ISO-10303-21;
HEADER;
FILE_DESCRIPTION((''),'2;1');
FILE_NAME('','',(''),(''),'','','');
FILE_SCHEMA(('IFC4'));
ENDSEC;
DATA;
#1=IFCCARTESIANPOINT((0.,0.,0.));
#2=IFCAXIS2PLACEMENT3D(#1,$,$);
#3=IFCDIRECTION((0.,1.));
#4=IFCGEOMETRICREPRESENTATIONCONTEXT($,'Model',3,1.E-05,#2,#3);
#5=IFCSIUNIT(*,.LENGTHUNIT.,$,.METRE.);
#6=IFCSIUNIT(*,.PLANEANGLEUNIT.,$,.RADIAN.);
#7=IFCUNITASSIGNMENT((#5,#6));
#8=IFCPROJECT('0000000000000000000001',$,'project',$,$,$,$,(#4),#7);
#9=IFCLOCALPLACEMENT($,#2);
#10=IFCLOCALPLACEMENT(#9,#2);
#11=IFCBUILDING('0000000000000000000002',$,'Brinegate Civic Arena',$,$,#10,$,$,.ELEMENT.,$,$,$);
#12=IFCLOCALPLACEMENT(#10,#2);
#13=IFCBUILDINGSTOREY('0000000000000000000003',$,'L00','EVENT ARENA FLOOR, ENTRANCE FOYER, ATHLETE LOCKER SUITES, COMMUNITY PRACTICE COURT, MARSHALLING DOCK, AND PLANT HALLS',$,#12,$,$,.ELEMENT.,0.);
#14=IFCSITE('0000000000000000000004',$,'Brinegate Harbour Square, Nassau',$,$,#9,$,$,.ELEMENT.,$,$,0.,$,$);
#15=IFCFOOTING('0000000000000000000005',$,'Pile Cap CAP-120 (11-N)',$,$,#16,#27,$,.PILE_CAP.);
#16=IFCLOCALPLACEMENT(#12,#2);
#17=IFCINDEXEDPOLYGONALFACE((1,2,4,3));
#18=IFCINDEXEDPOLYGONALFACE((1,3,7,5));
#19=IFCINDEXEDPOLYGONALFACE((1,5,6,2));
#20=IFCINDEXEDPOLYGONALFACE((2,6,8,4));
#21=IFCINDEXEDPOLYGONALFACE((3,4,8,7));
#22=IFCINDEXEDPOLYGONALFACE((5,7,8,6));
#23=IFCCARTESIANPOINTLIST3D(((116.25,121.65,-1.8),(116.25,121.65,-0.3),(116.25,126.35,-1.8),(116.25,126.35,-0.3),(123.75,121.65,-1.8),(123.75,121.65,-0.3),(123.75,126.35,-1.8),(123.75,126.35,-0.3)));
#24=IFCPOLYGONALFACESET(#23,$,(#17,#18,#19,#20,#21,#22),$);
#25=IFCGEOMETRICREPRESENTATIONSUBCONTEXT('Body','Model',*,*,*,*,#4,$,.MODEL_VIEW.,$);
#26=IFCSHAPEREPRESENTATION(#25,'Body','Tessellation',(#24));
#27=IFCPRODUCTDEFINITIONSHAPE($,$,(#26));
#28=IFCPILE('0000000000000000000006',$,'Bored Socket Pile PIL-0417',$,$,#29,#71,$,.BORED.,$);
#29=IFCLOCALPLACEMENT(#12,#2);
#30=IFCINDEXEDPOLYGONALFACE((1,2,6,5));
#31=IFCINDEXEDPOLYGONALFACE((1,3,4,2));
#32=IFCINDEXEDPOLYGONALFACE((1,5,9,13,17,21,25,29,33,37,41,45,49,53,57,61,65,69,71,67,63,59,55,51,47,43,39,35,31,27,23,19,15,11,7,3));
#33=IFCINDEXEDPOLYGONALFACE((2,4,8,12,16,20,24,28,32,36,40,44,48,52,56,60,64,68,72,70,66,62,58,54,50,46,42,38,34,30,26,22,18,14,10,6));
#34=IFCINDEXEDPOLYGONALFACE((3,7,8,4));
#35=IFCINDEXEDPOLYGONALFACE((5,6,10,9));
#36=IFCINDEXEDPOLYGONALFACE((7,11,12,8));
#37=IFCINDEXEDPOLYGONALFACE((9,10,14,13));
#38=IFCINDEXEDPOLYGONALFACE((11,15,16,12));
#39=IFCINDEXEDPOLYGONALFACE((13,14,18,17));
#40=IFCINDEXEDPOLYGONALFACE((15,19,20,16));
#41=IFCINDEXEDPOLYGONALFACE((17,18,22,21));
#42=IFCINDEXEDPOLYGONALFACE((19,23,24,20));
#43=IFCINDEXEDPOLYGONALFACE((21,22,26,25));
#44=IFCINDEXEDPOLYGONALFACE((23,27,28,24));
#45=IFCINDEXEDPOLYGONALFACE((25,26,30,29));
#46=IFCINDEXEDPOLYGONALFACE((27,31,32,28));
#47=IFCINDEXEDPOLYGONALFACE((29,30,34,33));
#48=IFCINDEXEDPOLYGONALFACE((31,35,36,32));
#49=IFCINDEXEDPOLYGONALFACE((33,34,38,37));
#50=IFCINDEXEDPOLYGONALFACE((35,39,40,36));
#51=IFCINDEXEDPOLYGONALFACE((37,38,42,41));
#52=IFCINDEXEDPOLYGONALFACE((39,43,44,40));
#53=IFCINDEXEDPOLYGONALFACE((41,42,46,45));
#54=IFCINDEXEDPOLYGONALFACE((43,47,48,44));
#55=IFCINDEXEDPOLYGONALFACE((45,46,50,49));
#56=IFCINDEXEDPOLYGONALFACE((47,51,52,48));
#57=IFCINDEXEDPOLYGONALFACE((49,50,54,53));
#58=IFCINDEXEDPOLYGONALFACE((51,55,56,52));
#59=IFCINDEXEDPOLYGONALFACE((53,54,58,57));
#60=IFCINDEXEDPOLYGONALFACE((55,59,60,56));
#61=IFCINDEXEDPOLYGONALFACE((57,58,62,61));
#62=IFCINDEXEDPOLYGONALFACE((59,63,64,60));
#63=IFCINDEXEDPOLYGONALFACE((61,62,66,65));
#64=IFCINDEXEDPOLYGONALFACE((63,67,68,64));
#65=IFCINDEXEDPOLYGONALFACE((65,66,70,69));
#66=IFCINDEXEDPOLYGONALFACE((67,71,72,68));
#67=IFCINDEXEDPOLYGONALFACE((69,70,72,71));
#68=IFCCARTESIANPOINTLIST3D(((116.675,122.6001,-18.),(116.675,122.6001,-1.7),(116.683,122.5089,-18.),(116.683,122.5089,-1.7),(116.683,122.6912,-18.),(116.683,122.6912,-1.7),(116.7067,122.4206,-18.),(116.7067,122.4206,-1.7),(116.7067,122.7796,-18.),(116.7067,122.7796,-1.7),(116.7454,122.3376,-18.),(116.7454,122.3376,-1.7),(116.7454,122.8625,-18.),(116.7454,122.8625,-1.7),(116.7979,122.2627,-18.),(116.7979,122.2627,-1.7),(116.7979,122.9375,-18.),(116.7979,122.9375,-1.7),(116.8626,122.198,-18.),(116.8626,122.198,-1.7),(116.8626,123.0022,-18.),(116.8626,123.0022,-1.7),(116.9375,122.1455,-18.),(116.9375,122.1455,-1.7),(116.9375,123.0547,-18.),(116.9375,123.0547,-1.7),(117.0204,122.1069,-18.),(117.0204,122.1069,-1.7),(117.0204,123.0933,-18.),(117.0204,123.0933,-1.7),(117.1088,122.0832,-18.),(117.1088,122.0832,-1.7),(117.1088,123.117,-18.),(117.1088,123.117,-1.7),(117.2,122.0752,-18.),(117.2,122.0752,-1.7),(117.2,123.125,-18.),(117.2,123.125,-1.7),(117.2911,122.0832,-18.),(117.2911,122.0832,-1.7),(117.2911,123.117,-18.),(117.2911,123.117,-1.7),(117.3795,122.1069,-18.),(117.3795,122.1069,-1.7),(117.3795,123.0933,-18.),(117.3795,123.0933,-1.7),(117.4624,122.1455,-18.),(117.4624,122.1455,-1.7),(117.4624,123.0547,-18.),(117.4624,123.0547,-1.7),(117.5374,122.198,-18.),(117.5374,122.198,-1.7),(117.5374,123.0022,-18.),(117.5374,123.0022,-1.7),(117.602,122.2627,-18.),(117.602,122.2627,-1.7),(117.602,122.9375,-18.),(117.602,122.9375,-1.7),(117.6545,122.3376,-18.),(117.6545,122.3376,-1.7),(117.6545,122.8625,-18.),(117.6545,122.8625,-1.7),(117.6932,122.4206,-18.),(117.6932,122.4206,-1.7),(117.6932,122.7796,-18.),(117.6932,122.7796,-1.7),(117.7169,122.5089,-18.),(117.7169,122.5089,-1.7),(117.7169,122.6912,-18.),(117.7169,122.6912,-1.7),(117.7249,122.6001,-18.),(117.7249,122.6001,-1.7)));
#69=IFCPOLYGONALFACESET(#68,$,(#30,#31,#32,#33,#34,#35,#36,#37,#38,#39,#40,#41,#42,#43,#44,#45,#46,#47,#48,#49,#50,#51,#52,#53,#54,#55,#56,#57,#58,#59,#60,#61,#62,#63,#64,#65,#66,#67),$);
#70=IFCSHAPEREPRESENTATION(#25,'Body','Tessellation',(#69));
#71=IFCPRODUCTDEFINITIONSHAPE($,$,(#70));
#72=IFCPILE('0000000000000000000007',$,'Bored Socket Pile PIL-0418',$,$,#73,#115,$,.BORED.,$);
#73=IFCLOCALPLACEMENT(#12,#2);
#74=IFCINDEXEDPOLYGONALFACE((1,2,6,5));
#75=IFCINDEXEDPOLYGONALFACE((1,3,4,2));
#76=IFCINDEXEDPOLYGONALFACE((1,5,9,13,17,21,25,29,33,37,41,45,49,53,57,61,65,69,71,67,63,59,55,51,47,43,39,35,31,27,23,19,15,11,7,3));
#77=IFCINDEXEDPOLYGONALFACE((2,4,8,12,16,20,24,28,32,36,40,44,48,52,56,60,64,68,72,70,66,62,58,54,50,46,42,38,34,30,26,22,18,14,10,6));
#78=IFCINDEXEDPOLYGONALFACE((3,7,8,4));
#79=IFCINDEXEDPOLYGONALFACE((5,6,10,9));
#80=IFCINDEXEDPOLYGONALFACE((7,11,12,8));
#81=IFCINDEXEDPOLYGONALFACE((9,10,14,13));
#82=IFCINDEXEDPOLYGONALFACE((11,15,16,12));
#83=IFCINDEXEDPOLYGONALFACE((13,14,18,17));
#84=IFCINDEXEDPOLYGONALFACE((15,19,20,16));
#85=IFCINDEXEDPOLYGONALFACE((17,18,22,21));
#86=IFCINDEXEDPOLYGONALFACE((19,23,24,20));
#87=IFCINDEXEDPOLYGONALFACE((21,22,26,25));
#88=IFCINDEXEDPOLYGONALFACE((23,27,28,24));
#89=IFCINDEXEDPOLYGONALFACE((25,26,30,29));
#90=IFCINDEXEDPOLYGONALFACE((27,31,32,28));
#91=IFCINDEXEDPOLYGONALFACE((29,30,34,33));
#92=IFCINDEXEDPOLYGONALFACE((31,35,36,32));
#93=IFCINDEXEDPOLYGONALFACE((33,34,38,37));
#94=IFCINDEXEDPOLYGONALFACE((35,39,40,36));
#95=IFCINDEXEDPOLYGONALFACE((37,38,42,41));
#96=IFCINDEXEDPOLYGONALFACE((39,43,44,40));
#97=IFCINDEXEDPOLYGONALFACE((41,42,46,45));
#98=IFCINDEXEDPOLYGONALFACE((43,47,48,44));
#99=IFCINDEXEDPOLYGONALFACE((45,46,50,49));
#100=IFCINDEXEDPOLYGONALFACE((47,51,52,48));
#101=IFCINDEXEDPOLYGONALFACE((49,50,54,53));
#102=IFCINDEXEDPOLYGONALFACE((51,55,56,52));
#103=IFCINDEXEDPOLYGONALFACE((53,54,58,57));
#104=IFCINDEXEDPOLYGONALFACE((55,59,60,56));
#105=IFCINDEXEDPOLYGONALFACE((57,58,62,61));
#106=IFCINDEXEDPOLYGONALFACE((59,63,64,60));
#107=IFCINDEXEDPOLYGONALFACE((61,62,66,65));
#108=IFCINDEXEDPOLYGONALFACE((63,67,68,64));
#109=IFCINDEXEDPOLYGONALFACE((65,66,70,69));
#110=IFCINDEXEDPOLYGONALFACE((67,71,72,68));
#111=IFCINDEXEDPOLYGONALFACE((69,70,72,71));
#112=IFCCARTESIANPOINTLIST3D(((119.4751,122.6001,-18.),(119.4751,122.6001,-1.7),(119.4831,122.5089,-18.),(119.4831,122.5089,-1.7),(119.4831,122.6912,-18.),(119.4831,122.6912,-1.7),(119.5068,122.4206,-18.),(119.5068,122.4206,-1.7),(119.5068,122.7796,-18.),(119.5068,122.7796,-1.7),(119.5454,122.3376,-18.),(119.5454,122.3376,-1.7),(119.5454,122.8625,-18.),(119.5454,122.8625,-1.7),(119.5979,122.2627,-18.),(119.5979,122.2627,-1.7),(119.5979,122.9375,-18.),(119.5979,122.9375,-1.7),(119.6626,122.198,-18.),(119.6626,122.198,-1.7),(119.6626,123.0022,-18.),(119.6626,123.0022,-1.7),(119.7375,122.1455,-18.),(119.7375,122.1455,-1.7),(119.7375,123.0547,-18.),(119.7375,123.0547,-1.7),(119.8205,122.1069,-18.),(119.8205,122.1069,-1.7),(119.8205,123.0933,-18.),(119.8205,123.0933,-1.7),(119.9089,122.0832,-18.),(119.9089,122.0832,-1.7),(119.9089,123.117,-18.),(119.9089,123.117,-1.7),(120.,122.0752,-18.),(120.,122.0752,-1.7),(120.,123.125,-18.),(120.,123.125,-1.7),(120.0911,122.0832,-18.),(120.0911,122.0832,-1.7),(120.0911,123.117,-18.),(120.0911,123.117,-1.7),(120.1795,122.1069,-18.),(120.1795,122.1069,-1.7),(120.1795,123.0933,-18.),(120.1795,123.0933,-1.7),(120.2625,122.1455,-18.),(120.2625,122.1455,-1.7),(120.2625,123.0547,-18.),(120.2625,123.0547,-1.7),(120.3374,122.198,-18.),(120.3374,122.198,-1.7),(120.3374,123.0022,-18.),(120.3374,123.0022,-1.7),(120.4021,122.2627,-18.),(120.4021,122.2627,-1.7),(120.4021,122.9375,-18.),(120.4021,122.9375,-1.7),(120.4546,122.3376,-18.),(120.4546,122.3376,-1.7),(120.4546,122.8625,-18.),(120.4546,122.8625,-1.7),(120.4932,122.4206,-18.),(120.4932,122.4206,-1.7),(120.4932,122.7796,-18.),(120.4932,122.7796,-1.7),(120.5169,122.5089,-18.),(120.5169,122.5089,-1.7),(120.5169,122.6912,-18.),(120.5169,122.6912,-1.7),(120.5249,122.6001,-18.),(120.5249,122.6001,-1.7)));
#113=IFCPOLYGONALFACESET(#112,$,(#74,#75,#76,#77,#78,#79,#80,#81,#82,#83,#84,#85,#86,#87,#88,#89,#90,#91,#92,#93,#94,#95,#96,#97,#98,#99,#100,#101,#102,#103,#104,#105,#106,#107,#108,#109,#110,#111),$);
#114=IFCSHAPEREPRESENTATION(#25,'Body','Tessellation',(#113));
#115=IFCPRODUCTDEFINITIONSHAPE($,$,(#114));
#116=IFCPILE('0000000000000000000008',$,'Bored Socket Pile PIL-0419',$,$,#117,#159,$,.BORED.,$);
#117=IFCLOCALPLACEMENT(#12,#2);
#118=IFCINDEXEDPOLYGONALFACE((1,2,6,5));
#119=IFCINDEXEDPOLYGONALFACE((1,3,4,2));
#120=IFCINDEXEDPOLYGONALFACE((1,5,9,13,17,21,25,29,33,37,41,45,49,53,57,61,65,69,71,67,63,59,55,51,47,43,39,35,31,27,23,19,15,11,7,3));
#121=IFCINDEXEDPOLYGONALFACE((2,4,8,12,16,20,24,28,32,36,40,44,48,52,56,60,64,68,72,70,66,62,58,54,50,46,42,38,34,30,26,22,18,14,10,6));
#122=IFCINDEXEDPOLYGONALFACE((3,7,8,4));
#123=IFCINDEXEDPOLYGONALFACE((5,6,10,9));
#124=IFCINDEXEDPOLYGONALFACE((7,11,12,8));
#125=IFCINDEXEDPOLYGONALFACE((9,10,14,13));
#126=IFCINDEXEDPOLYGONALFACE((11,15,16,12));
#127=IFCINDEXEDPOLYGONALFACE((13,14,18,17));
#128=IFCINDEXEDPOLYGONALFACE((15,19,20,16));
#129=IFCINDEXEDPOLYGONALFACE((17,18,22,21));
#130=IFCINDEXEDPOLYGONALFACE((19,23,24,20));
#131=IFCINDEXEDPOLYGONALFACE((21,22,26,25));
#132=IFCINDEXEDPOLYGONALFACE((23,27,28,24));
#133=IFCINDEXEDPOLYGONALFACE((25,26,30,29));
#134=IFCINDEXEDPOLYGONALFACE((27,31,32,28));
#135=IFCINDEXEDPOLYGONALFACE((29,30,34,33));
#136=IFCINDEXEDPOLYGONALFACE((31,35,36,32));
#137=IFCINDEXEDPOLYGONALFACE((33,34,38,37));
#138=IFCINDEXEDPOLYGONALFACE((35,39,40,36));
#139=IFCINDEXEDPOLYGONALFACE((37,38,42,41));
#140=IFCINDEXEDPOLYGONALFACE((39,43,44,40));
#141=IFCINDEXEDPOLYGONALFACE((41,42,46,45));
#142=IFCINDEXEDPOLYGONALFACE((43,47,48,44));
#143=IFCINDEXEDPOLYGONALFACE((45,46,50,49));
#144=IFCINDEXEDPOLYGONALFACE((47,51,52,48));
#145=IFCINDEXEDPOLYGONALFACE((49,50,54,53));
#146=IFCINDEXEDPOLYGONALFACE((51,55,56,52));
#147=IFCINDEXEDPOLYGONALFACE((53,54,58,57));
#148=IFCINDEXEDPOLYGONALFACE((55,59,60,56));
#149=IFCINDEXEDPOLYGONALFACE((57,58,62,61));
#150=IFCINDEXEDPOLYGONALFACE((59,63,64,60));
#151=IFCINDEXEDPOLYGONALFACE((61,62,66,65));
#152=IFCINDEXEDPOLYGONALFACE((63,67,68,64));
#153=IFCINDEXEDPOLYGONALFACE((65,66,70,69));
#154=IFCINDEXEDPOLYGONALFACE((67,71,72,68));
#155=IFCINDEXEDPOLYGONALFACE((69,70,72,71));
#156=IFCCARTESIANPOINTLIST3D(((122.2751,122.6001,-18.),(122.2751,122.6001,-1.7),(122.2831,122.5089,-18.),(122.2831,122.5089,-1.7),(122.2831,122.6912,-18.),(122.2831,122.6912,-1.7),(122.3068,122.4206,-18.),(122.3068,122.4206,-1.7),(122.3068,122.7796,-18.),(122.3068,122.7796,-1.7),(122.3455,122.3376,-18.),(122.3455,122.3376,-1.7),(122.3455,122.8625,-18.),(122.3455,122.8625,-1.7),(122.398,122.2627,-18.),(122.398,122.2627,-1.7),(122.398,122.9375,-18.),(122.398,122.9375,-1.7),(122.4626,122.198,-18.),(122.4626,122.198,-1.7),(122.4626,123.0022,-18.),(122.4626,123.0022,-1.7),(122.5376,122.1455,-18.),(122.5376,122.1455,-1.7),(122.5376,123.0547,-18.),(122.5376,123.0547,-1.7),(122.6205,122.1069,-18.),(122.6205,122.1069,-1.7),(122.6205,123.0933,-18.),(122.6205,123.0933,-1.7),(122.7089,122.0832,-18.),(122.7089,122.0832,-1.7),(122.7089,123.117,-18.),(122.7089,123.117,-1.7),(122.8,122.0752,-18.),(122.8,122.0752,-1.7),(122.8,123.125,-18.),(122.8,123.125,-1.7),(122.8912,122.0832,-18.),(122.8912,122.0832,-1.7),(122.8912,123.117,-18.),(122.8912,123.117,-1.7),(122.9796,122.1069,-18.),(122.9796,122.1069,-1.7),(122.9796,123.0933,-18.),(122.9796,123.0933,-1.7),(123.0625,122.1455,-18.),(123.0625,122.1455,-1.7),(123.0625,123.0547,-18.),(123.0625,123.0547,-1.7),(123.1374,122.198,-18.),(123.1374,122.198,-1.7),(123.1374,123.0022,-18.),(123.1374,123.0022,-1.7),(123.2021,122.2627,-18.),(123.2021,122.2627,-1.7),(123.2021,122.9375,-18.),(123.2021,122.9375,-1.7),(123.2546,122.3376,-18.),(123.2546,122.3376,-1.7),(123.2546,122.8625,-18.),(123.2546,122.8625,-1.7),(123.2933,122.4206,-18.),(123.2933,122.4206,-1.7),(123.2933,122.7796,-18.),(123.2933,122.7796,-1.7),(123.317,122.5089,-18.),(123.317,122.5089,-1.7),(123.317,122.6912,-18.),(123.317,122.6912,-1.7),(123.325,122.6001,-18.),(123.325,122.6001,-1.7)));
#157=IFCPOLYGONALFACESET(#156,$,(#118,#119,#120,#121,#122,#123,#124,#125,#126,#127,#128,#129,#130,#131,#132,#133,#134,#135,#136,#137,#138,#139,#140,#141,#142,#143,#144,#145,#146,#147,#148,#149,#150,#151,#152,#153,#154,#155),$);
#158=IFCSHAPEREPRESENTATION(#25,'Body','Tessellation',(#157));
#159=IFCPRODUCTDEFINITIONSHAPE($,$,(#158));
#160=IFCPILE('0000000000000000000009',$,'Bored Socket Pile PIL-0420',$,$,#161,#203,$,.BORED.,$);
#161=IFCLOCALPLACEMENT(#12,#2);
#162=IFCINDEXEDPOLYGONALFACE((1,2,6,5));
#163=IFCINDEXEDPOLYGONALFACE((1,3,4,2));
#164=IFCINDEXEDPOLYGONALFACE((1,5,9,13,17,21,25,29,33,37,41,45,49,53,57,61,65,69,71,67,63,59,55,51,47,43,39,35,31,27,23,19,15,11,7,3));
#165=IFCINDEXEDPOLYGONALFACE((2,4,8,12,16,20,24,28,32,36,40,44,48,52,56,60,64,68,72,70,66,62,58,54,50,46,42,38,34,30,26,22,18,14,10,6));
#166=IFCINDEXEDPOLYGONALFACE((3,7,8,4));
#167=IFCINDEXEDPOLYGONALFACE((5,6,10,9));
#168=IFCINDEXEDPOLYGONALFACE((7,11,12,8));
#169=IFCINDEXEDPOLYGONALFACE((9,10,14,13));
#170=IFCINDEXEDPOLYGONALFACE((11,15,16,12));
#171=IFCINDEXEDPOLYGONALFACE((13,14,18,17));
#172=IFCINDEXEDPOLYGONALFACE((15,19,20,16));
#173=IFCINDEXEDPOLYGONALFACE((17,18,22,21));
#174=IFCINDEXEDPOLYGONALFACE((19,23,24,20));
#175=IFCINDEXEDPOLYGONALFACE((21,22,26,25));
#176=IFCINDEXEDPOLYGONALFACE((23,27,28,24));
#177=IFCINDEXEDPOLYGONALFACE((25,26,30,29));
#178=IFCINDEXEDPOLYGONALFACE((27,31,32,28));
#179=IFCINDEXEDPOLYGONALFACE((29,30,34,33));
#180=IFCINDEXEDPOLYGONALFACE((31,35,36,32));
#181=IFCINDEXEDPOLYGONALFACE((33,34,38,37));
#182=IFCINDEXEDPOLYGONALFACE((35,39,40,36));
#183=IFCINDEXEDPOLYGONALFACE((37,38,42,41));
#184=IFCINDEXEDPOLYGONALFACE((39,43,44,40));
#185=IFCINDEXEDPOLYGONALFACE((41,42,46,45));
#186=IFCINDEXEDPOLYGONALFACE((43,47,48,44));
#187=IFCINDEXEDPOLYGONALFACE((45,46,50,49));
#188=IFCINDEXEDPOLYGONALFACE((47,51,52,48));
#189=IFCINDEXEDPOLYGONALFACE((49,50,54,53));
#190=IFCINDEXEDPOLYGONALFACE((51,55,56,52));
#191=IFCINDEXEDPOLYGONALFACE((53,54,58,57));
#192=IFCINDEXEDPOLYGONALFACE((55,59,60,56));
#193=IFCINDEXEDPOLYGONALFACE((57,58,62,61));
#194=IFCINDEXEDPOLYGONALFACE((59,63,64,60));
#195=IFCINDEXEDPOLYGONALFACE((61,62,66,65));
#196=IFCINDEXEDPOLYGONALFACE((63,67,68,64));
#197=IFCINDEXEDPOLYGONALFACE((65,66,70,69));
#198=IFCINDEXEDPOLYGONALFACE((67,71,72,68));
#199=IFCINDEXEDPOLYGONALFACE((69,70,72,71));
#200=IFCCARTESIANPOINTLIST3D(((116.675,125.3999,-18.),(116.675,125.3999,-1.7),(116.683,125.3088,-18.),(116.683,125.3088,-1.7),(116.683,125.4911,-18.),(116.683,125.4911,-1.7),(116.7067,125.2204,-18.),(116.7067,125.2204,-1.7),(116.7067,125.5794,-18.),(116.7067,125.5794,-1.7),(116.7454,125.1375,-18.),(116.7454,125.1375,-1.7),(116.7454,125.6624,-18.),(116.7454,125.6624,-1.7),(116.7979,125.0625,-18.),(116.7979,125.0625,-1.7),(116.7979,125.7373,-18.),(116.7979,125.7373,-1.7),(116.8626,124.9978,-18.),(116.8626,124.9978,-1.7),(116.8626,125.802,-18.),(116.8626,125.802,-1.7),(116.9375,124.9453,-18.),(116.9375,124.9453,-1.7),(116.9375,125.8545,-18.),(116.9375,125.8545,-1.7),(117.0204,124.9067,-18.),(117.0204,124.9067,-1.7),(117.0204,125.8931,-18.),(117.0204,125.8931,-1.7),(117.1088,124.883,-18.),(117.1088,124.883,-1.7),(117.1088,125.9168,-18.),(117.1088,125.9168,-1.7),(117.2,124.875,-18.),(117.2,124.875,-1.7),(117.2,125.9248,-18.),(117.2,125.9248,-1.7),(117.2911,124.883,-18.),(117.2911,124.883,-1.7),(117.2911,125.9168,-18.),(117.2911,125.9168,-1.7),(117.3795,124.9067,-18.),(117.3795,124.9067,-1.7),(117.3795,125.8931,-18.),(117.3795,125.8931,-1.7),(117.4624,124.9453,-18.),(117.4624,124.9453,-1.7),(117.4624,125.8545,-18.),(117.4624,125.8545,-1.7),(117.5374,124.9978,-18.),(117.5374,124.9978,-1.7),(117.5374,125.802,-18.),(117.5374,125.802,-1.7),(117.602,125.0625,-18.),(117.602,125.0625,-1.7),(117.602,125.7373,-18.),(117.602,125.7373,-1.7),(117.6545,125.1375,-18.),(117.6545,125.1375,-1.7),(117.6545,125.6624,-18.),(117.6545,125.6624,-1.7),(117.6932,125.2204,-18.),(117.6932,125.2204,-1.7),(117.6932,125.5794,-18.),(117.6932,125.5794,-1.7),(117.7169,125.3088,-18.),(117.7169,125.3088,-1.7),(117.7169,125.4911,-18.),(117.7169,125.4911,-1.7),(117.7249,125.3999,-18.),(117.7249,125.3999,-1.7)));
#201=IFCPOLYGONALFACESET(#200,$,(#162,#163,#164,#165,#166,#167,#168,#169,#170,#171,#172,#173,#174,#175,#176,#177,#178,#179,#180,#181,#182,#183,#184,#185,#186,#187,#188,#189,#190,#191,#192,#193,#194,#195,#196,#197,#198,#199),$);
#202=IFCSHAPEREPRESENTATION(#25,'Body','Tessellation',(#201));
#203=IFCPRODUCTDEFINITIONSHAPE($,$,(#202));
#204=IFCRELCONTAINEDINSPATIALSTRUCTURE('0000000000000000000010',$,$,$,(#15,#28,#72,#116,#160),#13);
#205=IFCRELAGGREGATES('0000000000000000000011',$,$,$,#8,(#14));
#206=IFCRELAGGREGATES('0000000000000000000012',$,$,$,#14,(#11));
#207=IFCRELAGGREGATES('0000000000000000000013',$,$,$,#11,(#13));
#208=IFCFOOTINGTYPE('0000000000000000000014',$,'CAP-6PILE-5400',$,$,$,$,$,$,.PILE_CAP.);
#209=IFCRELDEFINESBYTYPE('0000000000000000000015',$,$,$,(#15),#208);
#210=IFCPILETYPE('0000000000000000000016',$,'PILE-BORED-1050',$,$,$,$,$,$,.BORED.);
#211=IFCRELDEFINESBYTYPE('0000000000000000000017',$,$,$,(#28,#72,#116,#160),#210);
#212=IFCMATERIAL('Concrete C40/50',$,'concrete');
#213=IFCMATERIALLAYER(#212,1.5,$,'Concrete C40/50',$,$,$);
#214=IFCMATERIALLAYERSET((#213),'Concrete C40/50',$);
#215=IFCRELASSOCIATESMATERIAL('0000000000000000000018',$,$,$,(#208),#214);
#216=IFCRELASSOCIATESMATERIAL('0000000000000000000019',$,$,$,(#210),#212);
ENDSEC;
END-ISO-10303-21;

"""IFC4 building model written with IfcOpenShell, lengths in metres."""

from ifc_helpers import new_model, si_unit, direction, frame, origin, origin_2d, place, context, subcontext, project, spatial, rectangle, circle, extrude, material, layer, layer_set, material_profile, profile_set, type_object, element, save


model = new_model("IFC4")

# Units and contexts
model_context = context("Model", 3, precision=1e-05, world=origin(), true_north=direction((0.0, 1.0)))
body_context = subcontext(model_context, "Body", "Model", "MODEL_VIEW")
ifc_project = project(units=[si_unit("LENGTHUNIT", "METRE"), si_unit("PLANEANGLEUNIT", "RADIAN")], contexts=[model_context])

# Site, building, storey
site_placement = place(None, origin())
site = spatial("IfcSite", under=ifc_project, at=site_placement, Name="Brinegate Harbour Square, Nassau", CompositionType="ELEMENT", RefElevation=0.0)
building_placement = place(site_placement, origin())
building = spatial("IfcBuilding", under=site, at=building_placement, Name="Brinegate Civic Arena", CompositionType="ELEMENT")
storey_placement = place(building_placement, origin())
storey = spatial("IfcBuildingStorey", under=building, at=storey_placement, Name="L00", Description="EVENT ARENA FLOOR, ENTRANCE FOYER, ATHLETE LOCKER SUITES, COMMUNITY PRACTICE COURT, MARSHALLING DOCK, AND PLANT HALLS", CompositionType="ELEMENT", Elevation=0.0)

# Footing
ifc_material_1 = material(Name="Concrete C40/50", Category="concrete")
ifc_layer_1 = layer(ifc_material_1, 1.5, Name="Concrete C40/50")
ifc_layer_set_1 = layer_set([ifc_layer_1], Name="Concrete C40/50")
footing_type_1 = type_object("IfcFootingType", Name="CAP-6PILE-5400", PredefinedType="PILE_CAP", material=ifc_layer_set_1)
footing_1_placement = place(storey_placement, frame((120.0, 124.0, -1.8), z_axis=(0.0, 0.0, 1.0), x_axis=(1.0, 0.0, 0.0)))
element("IfcFooting", 1, at=footing_1_placement, inside=storey, type_object=footing_type_1, Name="Pile Cap CAP-120 (11-N)", PredefinedType="PILE_CAP", context=body_context, shape_type="SweptSolid", body=[
    extrude(rectangle(XDim=7.5, YDim=4.7, at=origin_2d()), origin(), (0.0, 0.0, 1.0), 1.5),
])

# Piles
ifc_material_profile_1 = material_profile(ifc_material_1, circle(Radius=0.5249, at=origin_2d()), Name="PILED1050")
ifc_profile_set_1 = profile_set([ifc_material_profile_1], Name="Concrete C40/50")
pile_type_1 = type_object("IfcPileType", Name="PILE-BORED-1050", PredefinedType="BORED", material=ifc_profile_set_1)
for number, where, z_axis, x_axis, name in (
    (2, (117.2, 122.6001, -1.7), (0.0, 0.0, -1.0), (1.0, 0.0, 0.0), "Bored Socket Pile PIL-0417"),
    (3, (120.0, 122.6001, -1.7), (0.0, 0.0, -1.0), (1.0, 0.0, 0.0), "Bored Socket Pile PIL-0418"),
    (4, (122.8, 122.6001, -1.7), (0.0, 0.0, -1.0), (1.0, 0.0, 0.0), "Bored Socket Pile PIL-0419"),
    (5, (117.2, 125.3999, -1.7), (0.0, 0.0, -1.0), (1.0, 0.0, 0.0), "Bored Socket Pile PIL-0420"),
):
    element("IfcPile", number, at=place(storey_placement, frame(where, z_axis=z_axis, x_axis=x_axis)), inside=storey, type_object=pile_type_1, Name=name, PredefinedType="BORED", context=body_context, shape_type="SweptSolid", body=[
        extrude(circle(Radius=0.5249, at=origin_2d()), origin(), (0.0, 0.0, 1.0), 16.3),
    ])

save(model, "model.ifc")
